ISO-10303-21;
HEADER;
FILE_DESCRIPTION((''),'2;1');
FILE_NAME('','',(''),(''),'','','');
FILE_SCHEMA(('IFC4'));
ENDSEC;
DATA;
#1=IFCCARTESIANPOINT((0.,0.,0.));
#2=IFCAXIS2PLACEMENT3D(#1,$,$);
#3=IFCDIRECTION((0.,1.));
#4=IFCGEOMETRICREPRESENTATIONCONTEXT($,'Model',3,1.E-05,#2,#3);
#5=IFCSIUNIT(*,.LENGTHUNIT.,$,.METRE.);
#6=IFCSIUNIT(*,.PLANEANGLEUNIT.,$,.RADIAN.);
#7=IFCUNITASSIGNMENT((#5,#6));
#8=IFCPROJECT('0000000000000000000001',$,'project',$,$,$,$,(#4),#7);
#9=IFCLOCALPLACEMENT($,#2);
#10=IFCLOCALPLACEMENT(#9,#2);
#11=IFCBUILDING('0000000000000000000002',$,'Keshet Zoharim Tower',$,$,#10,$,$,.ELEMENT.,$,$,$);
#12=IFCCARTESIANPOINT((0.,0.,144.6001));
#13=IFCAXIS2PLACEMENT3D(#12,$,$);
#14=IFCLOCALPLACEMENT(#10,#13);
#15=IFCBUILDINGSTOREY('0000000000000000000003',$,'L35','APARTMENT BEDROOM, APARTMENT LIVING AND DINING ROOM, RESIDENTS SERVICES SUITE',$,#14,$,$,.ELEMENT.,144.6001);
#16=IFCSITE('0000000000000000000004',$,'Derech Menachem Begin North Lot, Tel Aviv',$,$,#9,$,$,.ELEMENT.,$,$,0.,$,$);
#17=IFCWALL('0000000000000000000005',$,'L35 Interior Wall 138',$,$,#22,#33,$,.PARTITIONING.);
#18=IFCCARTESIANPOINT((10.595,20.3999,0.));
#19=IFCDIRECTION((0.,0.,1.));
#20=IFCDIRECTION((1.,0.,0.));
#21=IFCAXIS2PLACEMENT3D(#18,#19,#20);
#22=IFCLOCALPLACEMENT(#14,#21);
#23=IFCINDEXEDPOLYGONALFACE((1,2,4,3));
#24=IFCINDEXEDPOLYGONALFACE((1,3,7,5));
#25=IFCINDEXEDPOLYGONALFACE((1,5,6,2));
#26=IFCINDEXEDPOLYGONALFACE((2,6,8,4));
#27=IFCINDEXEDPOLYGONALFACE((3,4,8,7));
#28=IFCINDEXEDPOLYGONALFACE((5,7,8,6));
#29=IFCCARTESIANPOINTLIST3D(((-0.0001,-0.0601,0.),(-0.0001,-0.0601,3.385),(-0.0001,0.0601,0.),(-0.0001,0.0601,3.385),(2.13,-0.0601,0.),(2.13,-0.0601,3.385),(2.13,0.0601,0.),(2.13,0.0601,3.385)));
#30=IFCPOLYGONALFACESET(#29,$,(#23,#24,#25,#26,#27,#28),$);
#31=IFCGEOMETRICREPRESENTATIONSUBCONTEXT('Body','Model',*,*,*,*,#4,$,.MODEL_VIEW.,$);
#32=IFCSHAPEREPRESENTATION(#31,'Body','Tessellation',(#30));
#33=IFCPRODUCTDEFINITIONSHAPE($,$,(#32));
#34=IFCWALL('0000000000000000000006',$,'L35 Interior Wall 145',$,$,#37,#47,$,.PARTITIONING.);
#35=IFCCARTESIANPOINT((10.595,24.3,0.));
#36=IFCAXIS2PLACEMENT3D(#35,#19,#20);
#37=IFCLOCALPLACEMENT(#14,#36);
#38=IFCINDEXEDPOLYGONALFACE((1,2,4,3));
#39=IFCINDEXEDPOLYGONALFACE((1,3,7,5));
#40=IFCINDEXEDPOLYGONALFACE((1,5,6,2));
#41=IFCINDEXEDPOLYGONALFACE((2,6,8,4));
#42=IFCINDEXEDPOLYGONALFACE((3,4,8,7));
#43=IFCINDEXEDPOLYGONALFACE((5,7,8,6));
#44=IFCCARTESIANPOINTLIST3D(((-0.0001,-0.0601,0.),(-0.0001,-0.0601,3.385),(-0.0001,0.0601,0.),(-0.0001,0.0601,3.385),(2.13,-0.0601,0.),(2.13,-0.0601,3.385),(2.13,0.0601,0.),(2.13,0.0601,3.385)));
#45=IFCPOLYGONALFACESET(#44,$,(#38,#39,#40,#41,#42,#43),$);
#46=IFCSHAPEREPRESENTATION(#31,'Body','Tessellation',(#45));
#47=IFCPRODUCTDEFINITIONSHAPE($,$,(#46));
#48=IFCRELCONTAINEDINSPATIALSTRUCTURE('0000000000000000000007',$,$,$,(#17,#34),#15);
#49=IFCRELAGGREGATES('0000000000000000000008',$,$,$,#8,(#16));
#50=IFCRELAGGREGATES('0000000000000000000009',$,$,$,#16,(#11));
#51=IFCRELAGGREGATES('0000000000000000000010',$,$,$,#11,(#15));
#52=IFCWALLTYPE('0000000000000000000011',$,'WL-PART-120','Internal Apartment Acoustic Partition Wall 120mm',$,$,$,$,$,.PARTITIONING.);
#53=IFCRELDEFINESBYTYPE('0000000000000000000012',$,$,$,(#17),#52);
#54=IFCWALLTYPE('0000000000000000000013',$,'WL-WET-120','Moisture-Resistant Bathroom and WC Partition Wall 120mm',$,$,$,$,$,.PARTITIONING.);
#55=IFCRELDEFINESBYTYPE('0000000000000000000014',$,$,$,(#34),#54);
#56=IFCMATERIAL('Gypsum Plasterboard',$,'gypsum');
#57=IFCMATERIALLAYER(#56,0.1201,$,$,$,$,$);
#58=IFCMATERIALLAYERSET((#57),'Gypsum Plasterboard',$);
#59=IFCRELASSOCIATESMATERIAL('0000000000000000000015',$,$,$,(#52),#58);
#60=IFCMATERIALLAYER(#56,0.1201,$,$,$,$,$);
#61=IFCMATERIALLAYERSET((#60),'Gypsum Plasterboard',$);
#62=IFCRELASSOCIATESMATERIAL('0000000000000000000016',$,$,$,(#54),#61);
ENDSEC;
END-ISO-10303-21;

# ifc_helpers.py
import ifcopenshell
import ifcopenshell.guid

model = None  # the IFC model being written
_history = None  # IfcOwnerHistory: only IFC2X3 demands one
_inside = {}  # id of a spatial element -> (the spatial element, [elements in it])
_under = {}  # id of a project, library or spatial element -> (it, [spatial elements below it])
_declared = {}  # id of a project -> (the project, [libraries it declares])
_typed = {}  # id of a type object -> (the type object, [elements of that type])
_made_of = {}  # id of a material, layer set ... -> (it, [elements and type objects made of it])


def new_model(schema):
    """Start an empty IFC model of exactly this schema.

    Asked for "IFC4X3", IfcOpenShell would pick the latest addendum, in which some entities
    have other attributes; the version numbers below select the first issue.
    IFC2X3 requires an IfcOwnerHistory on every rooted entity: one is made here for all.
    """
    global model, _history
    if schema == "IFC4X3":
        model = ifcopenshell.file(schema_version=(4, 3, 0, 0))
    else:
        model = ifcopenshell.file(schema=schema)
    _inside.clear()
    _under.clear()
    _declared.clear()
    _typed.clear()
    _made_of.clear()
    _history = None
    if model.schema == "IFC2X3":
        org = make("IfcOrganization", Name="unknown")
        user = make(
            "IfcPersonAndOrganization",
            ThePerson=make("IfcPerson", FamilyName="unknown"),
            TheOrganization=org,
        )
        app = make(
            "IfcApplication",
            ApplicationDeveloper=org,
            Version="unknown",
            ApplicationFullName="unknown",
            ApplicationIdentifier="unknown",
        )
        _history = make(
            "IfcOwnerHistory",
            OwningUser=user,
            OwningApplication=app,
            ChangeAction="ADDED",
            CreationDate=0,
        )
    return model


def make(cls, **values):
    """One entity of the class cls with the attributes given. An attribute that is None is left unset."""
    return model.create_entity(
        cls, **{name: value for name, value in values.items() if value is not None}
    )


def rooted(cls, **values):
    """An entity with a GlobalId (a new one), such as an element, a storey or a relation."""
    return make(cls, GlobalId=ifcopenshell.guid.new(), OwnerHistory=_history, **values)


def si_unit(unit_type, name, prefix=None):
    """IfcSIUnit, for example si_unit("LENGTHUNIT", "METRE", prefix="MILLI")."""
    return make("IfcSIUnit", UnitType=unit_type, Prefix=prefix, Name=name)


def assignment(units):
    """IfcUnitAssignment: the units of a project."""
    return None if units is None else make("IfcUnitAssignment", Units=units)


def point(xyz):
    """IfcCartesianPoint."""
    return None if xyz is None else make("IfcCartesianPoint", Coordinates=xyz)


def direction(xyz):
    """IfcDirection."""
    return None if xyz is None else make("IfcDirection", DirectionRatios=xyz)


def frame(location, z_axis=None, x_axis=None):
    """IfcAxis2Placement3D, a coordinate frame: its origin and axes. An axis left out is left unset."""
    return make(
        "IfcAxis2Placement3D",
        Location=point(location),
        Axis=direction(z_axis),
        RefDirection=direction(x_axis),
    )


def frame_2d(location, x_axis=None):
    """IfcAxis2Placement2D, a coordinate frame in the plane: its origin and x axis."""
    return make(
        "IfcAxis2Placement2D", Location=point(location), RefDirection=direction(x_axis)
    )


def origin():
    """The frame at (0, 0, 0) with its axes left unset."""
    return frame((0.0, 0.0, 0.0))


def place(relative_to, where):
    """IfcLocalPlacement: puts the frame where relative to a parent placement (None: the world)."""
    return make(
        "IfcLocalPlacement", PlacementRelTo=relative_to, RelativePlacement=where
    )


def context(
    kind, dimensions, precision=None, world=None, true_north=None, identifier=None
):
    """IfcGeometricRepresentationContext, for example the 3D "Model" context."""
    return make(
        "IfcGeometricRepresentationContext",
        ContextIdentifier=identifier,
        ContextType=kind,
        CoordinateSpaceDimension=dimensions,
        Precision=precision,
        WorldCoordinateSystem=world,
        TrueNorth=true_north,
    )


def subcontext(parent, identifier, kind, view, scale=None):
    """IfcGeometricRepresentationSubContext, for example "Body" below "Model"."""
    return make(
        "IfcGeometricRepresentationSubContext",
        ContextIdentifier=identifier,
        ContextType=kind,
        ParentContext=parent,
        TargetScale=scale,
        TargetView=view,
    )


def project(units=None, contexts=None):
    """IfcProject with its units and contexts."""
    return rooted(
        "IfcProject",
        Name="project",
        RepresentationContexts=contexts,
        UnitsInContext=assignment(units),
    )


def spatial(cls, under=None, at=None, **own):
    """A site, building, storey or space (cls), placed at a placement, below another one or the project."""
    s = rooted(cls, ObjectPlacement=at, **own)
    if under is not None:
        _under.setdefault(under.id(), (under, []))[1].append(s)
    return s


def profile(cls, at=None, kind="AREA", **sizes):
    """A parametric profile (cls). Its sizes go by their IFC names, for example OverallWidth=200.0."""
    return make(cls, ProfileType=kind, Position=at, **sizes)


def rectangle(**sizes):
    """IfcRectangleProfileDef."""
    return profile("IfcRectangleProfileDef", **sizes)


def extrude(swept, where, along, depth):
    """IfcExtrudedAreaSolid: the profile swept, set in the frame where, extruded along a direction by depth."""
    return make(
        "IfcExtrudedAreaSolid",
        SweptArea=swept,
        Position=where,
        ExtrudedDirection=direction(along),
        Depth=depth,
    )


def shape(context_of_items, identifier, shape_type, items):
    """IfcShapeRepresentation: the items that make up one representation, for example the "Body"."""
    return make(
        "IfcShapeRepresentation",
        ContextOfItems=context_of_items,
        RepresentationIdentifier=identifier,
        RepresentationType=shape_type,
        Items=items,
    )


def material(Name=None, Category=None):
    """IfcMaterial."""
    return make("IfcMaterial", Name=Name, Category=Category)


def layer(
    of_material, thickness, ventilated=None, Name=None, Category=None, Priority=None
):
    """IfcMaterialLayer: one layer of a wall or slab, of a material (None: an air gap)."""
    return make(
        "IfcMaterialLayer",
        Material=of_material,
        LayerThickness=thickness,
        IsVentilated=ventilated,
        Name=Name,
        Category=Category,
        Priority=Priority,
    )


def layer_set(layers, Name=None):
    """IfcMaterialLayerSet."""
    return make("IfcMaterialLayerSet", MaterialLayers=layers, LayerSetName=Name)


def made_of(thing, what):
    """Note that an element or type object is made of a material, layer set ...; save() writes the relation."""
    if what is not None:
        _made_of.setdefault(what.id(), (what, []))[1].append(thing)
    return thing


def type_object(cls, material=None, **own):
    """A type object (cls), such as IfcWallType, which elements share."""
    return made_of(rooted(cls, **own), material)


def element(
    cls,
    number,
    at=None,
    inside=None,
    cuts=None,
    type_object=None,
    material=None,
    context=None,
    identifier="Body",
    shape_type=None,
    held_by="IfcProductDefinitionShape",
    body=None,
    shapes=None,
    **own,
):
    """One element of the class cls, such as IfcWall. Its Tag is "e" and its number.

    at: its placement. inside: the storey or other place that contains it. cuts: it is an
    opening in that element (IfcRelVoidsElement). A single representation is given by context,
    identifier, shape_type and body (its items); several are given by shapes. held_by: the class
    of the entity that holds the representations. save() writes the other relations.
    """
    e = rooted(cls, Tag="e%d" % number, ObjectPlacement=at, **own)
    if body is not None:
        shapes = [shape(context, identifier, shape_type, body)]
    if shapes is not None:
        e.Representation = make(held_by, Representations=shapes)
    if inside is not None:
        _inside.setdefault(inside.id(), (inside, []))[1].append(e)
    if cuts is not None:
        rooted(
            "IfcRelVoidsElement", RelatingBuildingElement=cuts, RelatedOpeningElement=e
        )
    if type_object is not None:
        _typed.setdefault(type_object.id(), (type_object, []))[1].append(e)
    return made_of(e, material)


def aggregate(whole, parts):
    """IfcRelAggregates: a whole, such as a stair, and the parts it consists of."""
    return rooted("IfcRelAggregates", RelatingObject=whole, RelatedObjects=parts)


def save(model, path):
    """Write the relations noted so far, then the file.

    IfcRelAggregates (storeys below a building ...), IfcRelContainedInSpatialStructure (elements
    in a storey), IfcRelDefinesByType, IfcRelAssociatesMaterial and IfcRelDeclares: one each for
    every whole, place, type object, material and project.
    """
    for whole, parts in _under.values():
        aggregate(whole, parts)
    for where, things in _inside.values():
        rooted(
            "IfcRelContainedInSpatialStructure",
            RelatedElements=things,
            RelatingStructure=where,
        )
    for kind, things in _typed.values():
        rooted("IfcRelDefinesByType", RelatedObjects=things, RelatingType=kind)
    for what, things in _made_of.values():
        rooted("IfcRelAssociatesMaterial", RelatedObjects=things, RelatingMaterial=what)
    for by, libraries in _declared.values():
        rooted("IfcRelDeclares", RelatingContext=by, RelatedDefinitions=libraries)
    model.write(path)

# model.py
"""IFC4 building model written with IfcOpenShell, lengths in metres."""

from ifc_helpers import new_model, si_unit, direction, frame, frame_2d, origin, place, context, subcontext, project, spatial, rectangle, extrude, material, layer, layer_set, type_object, element, save


model = new_model("IFC4")

# Units and contexts
model_context = context("Model", 3, precision=1e-05, world=origin(), true_north=direction((0.0, 1.0)))
body_context = subcontext(model_context, "Body", "Model", "MODEL_VIEW")
ifc_project = project(units=[si_unit("LENGTHUNIT", "METRE"), si_unit("PLANEANGLEUNIT", "RADIAN")], contexts=[model_context])

# Site, building, storey
site_placement = place(None, origin())
site = spatial("IfcSite", under=ifc_project, at=site_placement, Name="Derech Menachem Begin North Lot, Tel Aviv", CompositionType="ELEMENT", RefElevation=0.0)
building_placement = place(site_placement, origin())
building = spatial("IfcBuilding", under=site, at=building_placement, Name="Keshet Zoharim Tower", CompositionType="ELEMENT")
storey_placement = place(building_placement, frame((0.0, 0.0, 144.6001)))
storey = spatial("IfcBuildingStorey", under=building, at=storey_placement, Name="L35", Description="APARTMENT BEDROOM, APARTMENT LIVING AND DINING ROOM, RESIDENTS SERVICES SUITE", CompositionType="ELEMENT", Elevation=144.6001)

# Shared definitions
ifc_material_1 = material(Name="Gypsum Plasterboard", Category="gypsum")

# Shared definitions
ifc_layer_1 = layer(ifc_material_1, 0.1201)
ifc_layer_set_1 = layer_set([ifc_layer_1], Name="Gypsum Plasterboard")
wall_type_1 = type_object("IfcWallType", Name="WL-PART-120", Description="Internal Apartment Acoustic Partition Wall 120mm", PredefinedType="PARTITIONING", material=ifc_layer_set_1)

# Wall
wall_1_placement = place(storey_placement, frame((10.595, 20.3999, 0.0), z_axis=(0.0, 0.0, 1.0), x_axis=(1.0, 0.0, 0.0)))
element("IfcWall", 1, at=wall_1_placement, inside=storey, type_object=wall_type_1, Name="L35 Interior Wall 138", PredefinedType="PARTITIONING", context=body_context, shape_type="SweptSolid", body=[
    extrude(rectangle(XDim=2.1301, YDim=0.1201, at=frame_2d((1.0649, 0.0))), origin(), (0.0, 0.0, 1.0), 3.385),
])

# Shared definitions
ifc_layer_2 = layer(ifc_material_1, 0.1201)
ifc_layer_set_2 = layer_set([ifc_layer_2], Name="Gypsum Plasterboard")
wall_type_2 = type_object("IfcWallType", Name="WL-WET-120", Description="Moisture-Resistant Bathroom and WC Partition Wall 120mm", PredefinedType="PARTITIONING", material=ifc_layer_set_2)

# Wall
wall_2_placement = place(storey_placement, frame((10.595, 24.3, 0.0), z_axis=(0.0, 0.0, 1.0), x_axis=(1.0, 0.0, 0.0)))
element("IfcWall", 2, at=wall_2_placement, inside=storey, type_object=wall_type_2, Name="L35 Interior Wall 145", PredefinedType="PARTITIONING", context=body_context, shape_type="SweptSolid", body=[
    extrude(rectangle(XDim=2.1301, YDim=0.1201, at=frame_2d((1.0649, 0.0))), origin(), (0.0, 0.0, 1.0), 3.385),
])

save(model, "model.ifc")
